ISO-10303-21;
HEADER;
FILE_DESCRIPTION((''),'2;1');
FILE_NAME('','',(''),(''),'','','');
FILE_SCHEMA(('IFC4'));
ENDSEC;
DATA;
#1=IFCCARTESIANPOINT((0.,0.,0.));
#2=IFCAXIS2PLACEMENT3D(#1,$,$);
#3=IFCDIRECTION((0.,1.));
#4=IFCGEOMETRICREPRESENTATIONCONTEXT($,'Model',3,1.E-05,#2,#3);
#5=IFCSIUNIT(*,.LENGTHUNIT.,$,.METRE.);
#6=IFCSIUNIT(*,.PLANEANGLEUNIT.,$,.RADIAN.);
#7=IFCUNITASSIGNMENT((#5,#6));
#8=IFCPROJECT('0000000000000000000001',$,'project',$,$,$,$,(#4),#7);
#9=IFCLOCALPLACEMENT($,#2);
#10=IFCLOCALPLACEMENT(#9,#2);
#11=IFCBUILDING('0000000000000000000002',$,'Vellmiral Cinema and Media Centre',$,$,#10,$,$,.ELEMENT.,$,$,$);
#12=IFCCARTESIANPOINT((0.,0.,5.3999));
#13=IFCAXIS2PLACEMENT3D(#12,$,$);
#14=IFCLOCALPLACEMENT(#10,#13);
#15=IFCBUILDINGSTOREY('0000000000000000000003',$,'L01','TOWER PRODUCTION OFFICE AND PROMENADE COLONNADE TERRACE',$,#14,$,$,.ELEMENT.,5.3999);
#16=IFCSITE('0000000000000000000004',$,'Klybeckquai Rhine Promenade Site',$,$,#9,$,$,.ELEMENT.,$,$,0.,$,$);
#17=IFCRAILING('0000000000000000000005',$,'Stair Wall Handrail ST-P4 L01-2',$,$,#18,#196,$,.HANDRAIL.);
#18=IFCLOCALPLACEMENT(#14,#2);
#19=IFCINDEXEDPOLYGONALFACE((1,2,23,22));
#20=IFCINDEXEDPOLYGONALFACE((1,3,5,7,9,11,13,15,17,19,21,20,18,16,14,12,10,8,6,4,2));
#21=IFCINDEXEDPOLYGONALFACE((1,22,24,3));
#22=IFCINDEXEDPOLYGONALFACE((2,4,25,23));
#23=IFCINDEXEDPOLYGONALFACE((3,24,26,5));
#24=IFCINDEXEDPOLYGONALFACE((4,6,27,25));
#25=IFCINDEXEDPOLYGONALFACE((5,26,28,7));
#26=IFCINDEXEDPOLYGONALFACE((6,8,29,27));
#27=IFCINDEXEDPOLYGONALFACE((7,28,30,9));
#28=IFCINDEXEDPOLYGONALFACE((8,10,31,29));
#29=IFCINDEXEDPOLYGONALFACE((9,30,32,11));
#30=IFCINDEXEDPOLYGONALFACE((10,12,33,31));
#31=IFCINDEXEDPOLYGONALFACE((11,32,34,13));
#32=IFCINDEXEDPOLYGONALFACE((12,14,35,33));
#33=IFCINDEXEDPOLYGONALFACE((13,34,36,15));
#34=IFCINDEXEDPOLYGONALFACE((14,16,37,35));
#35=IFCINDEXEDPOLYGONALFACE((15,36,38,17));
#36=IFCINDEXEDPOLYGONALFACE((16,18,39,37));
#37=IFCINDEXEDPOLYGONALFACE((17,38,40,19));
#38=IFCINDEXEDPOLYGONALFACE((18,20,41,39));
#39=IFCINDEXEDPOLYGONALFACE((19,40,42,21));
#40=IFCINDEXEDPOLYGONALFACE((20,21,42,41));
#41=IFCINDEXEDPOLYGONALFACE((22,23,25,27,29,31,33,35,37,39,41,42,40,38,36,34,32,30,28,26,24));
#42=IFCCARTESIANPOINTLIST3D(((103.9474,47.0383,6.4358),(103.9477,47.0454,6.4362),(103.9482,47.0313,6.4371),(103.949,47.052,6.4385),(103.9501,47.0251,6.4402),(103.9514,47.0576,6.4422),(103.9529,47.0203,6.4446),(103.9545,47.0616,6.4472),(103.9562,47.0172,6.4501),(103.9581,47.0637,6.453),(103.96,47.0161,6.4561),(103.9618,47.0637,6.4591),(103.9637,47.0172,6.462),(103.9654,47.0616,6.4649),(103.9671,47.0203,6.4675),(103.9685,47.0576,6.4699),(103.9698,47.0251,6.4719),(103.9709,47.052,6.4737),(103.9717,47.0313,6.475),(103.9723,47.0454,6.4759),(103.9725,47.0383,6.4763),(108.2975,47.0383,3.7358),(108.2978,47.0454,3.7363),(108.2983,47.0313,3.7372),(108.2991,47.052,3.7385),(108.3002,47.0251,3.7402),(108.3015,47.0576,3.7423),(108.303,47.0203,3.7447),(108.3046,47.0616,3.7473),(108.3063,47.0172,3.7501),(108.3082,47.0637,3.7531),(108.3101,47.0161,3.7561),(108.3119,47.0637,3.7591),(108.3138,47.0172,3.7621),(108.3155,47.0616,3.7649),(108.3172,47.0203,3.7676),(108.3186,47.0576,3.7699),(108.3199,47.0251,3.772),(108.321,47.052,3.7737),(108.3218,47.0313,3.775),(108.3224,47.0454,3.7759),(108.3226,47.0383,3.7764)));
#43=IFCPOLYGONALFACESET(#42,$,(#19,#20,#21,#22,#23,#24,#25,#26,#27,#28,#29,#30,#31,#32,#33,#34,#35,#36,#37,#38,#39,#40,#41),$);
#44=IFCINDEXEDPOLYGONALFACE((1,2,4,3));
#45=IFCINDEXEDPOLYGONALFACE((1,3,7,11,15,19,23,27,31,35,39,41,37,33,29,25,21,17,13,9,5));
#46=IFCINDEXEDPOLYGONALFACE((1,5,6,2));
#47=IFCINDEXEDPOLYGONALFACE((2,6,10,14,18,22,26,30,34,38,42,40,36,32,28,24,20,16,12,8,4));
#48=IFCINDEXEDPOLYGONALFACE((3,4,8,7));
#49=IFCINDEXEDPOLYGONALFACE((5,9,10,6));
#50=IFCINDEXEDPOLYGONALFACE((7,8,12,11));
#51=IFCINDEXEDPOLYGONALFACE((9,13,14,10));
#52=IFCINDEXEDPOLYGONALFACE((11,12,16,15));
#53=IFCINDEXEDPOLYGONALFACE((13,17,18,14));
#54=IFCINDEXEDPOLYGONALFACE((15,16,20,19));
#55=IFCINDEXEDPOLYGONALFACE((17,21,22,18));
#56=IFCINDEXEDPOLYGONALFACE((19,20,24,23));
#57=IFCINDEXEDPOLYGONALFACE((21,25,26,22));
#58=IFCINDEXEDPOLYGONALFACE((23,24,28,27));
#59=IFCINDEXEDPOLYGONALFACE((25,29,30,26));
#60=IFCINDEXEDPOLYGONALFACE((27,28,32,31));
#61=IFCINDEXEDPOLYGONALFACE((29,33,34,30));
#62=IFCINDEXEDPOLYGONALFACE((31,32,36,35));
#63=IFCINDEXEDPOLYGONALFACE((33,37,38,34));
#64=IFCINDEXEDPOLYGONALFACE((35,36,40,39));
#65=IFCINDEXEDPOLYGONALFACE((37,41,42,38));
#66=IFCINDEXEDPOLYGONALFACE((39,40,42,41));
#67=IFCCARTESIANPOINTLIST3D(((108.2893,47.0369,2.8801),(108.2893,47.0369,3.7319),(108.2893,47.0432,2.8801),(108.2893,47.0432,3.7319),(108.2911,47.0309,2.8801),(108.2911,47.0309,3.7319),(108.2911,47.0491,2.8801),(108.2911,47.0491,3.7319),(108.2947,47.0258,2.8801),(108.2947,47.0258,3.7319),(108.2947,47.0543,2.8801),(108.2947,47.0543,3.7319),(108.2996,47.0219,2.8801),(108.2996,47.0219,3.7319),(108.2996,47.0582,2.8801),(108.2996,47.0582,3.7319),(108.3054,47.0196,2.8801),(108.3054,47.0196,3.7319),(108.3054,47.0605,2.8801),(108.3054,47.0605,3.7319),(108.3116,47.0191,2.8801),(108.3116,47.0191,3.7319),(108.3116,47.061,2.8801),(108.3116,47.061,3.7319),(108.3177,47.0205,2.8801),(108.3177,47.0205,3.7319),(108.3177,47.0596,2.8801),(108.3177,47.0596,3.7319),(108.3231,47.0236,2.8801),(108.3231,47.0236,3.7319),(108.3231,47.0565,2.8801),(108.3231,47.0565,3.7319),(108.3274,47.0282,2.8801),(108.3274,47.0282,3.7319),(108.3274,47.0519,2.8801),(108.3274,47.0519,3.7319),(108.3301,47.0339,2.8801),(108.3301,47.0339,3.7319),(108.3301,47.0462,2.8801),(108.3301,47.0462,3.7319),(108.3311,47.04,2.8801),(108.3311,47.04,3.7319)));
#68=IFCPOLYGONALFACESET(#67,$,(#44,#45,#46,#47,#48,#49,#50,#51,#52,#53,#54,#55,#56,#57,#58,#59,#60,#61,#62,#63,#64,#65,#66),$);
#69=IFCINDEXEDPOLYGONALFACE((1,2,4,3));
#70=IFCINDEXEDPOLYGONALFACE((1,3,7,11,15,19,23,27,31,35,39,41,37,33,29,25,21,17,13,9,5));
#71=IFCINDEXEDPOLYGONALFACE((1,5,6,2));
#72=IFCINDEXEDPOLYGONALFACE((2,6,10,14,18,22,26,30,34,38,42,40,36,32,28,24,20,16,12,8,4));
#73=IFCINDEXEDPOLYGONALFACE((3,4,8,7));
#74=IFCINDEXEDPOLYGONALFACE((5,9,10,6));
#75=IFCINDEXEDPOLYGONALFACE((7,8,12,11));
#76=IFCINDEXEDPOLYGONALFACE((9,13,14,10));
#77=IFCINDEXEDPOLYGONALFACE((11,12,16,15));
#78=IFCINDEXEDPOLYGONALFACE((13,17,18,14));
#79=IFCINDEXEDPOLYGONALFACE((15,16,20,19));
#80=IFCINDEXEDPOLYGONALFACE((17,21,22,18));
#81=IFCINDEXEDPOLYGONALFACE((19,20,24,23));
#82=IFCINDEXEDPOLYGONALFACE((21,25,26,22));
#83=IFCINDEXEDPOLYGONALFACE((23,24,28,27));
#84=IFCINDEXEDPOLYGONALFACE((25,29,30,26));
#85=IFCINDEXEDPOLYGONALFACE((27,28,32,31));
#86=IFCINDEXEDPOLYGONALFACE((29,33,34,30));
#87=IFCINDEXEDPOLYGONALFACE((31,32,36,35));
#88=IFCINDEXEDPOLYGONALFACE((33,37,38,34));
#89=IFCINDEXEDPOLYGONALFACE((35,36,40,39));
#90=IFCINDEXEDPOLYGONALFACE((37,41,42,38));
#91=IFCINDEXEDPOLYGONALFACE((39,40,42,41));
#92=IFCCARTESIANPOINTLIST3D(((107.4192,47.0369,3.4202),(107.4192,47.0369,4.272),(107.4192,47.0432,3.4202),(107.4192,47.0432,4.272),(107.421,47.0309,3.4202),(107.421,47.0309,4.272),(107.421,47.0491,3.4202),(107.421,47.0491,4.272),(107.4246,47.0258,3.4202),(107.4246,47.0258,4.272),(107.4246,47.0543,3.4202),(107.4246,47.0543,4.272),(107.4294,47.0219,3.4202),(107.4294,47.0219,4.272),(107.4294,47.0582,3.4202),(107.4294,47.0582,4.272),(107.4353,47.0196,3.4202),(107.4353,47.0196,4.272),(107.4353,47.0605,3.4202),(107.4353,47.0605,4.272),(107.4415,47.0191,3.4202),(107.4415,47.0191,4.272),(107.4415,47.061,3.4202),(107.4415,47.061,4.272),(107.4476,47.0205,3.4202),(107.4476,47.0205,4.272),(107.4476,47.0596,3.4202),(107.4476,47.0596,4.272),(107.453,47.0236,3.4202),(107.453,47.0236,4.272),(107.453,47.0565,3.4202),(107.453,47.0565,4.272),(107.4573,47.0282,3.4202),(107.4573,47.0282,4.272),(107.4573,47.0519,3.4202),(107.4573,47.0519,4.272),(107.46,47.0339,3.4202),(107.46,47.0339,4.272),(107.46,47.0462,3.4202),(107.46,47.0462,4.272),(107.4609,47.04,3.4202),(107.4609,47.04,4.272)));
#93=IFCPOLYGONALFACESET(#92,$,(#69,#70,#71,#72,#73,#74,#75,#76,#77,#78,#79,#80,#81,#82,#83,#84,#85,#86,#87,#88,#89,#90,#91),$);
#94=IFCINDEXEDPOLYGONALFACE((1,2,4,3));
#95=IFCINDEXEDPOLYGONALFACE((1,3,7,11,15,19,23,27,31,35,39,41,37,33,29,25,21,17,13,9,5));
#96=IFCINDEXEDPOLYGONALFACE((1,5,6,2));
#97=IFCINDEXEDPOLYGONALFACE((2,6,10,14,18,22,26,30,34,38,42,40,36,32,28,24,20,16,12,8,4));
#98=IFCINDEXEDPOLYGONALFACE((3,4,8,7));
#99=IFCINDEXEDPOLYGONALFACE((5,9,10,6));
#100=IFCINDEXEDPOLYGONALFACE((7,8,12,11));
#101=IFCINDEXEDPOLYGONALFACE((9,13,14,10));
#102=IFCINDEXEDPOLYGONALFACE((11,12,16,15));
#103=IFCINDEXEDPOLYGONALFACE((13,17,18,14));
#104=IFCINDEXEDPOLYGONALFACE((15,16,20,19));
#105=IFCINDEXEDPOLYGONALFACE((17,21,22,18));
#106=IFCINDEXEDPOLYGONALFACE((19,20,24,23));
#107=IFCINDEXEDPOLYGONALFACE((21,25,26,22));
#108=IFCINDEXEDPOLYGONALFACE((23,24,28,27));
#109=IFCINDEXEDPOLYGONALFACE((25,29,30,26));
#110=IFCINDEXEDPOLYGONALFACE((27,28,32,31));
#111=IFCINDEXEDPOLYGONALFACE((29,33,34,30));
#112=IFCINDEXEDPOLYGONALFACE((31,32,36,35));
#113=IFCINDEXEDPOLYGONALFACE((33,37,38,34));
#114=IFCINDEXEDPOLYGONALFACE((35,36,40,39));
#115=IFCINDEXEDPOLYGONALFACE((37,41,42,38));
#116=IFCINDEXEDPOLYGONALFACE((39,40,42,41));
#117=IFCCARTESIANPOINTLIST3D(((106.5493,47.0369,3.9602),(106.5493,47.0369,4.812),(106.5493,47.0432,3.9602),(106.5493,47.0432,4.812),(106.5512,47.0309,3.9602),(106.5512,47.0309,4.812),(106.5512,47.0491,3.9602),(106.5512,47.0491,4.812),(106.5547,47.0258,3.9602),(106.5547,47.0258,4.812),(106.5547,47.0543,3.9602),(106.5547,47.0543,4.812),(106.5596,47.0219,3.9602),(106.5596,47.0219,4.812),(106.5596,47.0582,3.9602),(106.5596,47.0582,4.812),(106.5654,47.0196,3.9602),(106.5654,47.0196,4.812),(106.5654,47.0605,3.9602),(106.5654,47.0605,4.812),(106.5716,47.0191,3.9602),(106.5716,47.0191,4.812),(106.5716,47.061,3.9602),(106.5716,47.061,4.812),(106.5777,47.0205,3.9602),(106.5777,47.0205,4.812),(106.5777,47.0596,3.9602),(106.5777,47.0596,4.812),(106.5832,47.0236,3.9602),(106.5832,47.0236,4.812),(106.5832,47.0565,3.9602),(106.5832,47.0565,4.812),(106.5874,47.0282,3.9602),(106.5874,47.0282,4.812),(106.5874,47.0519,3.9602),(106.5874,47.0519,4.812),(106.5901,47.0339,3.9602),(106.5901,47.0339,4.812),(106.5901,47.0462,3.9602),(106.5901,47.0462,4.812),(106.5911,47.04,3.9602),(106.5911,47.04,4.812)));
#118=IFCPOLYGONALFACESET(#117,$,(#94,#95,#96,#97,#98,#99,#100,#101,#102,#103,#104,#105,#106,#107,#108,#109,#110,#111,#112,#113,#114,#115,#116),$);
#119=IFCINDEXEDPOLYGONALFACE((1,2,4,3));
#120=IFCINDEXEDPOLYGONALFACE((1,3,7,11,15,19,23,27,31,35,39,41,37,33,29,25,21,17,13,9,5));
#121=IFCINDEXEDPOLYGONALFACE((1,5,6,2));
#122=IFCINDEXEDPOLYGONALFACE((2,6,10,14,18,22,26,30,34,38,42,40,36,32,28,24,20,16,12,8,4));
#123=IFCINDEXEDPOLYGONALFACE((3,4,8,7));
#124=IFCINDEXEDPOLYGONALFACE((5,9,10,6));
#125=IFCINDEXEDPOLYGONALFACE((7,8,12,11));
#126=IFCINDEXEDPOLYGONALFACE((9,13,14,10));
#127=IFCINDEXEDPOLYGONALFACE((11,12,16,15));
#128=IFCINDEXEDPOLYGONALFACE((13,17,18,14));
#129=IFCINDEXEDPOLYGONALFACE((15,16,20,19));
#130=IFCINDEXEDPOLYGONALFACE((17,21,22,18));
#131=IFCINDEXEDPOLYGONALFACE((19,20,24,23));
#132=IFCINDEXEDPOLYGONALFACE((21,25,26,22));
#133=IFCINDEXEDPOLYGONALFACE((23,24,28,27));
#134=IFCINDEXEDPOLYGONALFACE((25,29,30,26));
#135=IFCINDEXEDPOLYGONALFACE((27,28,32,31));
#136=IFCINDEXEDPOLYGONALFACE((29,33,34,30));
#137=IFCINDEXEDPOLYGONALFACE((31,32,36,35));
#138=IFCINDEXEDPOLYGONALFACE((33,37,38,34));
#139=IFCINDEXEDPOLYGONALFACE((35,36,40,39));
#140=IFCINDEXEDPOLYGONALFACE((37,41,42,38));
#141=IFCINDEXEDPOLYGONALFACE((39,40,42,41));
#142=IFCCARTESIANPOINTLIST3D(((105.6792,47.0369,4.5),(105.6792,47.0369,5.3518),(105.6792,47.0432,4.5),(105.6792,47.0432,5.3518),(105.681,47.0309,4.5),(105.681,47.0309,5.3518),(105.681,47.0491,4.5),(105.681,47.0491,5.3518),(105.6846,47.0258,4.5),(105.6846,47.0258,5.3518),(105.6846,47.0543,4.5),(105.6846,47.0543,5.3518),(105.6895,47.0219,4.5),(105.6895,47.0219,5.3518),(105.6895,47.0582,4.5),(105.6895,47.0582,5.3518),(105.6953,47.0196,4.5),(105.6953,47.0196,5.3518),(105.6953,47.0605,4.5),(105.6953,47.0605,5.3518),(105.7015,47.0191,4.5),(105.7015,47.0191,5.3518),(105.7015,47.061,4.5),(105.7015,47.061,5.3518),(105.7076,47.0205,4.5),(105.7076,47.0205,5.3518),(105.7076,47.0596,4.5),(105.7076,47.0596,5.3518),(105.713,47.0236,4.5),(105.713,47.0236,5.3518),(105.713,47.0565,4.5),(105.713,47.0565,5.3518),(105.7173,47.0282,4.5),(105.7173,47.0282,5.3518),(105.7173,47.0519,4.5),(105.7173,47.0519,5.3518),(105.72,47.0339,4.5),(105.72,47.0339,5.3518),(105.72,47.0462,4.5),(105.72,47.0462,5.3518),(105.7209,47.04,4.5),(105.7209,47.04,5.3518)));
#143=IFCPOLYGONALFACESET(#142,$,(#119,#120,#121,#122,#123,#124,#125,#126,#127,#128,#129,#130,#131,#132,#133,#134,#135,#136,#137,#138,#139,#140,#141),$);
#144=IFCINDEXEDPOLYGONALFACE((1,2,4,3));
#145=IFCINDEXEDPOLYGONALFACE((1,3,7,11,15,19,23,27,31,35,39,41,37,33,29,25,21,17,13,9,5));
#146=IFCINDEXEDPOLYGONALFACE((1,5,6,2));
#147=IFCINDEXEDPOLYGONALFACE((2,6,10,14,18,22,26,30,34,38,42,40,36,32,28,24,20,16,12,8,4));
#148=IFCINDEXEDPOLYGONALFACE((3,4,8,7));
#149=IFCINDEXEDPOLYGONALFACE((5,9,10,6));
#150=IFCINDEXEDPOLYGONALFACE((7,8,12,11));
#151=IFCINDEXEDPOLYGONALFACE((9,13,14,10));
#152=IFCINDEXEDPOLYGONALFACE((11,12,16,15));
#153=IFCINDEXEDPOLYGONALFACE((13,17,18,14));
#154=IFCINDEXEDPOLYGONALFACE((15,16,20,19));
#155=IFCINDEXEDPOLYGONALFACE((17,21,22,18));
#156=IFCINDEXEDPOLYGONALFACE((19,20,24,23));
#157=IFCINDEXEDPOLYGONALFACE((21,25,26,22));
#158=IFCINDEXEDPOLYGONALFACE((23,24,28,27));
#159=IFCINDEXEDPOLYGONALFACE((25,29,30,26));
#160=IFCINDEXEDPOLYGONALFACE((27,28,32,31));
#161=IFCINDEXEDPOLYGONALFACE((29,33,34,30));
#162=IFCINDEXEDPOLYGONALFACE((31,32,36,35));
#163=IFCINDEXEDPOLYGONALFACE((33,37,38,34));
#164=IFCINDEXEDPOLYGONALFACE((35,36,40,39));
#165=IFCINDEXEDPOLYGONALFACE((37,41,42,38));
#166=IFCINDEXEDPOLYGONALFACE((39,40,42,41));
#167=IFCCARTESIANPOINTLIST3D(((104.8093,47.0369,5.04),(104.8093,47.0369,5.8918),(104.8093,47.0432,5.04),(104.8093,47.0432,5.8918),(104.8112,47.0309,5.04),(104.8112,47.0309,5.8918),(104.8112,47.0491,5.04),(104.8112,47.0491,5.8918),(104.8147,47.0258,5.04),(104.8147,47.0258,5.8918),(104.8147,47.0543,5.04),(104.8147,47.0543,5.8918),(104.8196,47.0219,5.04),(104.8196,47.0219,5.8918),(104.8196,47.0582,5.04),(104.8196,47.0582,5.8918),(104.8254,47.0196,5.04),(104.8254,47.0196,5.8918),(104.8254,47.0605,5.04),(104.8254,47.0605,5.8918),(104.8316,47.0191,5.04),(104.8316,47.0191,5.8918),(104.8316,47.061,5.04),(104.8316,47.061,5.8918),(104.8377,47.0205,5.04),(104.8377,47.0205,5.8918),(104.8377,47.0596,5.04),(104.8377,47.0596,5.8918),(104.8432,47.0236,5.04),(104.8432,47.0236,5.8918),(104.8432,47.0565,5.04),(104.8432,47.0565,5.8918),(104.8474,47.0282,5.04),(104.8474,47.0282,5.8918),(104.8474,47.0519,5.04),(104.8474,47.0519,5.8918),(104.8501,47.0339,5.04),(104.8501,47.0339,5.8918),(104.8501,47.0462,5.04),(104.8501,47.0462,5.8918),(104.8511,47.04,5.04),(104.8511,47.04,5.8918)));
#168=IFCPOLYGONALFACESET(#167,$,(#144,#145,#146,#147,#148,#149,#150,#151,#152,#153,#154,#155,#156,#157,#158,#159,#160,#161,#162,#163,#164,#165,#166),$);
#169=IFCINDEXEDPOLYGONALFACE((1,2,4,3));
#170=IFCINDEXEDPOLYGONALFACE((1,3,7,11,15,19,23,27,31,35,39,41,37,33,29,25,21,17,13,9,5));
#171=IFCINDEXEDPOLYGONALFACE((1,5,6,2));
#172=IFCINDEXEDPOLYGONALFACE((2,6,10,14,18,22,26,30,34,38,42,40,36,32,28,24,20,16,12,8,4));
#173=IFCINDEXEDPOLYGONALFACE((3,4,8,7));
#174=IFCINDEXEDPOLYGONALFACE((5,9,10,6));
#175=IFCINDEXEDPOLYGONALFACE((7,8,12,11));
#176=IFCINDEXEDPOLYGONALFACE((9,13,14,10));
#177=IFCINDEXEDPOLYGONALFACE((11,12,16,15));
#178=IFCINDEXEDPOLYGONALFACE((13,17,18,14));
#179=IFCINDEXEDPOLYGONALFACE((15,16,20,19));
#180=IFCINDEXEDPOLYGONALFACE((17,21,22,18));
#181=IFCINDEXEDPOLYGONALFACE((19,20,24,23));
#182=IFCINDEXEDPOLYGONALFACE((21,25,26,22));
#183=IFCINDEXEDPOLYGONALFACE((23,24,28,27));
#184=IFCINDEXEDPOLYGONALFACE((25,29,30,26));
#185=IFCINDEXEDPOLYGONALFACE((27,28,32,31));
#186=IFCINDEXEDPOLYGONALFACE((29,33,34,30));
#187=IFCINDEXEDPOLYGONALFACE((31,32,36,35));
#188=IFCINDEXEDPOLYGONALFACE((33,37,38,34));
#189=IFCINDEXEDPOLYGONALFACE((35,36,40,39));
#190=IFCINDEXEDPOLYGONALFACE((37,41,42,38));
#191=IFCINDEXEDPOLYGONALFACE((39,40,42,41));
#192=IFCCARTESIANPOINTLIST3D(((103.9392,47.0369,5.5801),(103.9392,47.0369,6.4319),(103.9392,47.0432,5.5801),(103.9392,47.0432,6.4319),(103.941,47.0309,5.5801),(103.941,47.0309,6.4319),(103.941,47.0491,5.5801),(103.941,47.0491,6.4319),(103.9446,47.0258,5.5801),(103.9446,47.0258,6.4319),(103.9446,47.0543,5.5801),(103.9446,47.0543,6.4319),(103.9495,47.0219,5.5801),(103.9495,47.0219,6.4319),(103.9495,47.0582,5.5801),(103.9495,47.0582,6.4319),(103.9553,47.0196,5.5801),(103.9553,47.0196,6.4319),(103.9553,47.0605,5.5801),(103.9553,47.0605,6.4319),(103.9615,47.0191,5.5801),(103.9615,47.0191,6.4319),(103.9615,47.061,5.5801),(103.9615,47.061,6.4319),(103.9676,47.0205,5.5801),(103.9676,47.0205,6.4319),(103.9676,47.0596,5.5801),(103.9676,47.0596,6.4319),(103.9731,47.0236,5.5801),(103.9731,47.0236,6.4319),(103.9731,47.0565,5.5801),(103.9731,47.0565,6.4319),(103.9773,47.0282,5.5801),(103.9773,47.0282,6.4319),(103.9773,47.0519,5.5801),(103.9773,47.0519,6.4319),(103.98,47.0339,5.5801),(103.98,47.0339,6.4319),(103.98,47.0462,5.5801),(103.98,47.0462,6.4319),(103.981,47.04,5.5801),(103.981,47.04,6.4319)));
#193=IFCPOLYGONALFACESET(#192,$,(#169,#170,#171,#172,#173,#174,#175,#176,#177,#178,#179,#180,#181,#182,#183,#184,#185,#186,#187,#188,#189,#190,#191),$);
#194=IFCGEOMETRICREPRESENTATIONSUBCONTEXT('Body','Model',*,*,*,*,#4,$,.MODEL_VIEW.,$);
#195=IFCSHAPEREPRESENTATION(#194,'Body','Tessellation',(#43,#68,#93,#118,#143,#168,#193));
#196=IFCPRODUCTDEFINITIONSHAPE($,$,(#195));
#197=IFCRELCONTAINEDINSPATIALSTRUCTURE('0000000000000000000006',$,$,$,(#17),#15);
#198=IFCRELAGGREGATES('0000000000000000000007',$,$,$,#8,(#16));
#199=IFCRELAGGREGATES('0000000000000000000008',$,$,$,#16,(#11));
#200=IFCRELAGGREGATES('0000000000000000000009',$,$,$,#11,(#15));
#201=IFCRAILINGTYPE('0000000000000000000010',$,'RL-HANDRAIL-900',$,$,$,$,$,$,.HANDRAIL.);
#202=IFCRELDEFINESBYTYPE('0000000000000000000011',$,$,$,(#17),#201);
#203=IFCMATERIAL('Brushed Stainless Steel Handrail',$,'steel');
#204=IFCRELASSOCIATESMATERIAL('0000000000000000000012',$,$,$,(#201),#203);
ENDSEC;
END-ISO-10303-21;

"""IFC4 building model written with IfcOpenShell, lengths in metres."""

from ifc_helpers import new_model, si_unit, direction, frame, origin, origin_2d, place, context, subcontext, project, spatial, circle, extrude, material, type_object, element, save


model = new_model("IFC4")

# Units and contexts
model_context = context("Model", 3, precision=1e-05, world=origin(), true_north=direction((0.0, 1.0)))
body_context = subcontext(model_context, "Body", "Model", "MODEL_VIEW")
ifc_project = project(units=[si_unit("LENGTHUNIT", "METRE"), si_unit("PLANEANGLEUNIT", "RADIAN")], contexts=[model_context])

# Site, building, storey
site_placement = place(None, origin())
site = spatial("IfcSite", under=ifc_project, at=site_placement, Name="Klybeckquai Rhine Promenade Site", CompositionType="ELEMENT", RefElevation=0.0)
building_placement = place(site_placement, origin())
building = spatial("IfcBuilding", under=site, at=building_placement, Name="Vellmiral Cinema and Media Centre", CompositionType="ELEMENT")
storey_placement = place(building_placement, frame((0.0, 0.0, 5.3999)))
storey = spatial("IfcBuildingStorey", under=building, at=storey_placement, Name="L01", Description="TOWER PRODUCTION OFFICE AND PROMENADE COLONNADE TERRACE", CompositionType="ELEMENT", Elevation=5.3999)

# Railing
ifc_material_1 = material(Name="Brushed Stainless Steel Handrail", Category="steel")
railing_type_1 = type_object("IfcRailingType", Name="RL-HANDRAIL-900", PredefinedType="HANDRAIL", material=ifc_material_1)
railing_1_placement = place(storey_placement, frame((108.3101, 47.04, 2.8801)))
element("IfcRailing", 1, at=railing_1_placement, inside=storey, type_object=railing_type_1, Name="Stair Wall Handrail ST-P4 L01-2", PredefinedType="HANDRAIL", context=body_context, shape_type="SweptSolid", body=[
    extrude(circle(Radius=0.0239, at=origin_2d()), frame((0.0, 0.0, 0.876), z_axis=(-0.84965, 0.0, 0.527347), x_axis=(0.0, -1.0, 0.0)), (0.0, 0.0, 1.0), 5.1199),
    extrude(circle(Radius=0.021, at=origin_2d()), origin(), (0.0, 0.0, 1.0), 0.8518),
    extrude(circle(Radius=0.021, at=origin_2d()), frame((-0.8701, 0.0, 0.54)), (0.0, 0.0, 1.0), 0.8518),
    extrude(circle(Radius=0.021, at=origin_2d()), frame((-1.74, 0.0, 1.0801)), (0.0, 0.0, 1.0), 0.8518),
    extrude(circle(Radius=0.021, at=origin_2d()), frame((-2.6101, 0.0, 1.6199)), (0.0, 0.0, 1.0), 0.8518),
    extrude(circle(Radius=0.021, at=origin_2d()), frame((-3.48, 0.0, 2.1599)), (0.0, 0.0, 1.0), 0.8518),
    extrude(circle(Radius=0.021, at=origin_2d()), frame((-4.3501, 0.0, 2.7)), (0.0, 0.0, 1.0), 0.8518),
])

save(model, "model.ifc")
